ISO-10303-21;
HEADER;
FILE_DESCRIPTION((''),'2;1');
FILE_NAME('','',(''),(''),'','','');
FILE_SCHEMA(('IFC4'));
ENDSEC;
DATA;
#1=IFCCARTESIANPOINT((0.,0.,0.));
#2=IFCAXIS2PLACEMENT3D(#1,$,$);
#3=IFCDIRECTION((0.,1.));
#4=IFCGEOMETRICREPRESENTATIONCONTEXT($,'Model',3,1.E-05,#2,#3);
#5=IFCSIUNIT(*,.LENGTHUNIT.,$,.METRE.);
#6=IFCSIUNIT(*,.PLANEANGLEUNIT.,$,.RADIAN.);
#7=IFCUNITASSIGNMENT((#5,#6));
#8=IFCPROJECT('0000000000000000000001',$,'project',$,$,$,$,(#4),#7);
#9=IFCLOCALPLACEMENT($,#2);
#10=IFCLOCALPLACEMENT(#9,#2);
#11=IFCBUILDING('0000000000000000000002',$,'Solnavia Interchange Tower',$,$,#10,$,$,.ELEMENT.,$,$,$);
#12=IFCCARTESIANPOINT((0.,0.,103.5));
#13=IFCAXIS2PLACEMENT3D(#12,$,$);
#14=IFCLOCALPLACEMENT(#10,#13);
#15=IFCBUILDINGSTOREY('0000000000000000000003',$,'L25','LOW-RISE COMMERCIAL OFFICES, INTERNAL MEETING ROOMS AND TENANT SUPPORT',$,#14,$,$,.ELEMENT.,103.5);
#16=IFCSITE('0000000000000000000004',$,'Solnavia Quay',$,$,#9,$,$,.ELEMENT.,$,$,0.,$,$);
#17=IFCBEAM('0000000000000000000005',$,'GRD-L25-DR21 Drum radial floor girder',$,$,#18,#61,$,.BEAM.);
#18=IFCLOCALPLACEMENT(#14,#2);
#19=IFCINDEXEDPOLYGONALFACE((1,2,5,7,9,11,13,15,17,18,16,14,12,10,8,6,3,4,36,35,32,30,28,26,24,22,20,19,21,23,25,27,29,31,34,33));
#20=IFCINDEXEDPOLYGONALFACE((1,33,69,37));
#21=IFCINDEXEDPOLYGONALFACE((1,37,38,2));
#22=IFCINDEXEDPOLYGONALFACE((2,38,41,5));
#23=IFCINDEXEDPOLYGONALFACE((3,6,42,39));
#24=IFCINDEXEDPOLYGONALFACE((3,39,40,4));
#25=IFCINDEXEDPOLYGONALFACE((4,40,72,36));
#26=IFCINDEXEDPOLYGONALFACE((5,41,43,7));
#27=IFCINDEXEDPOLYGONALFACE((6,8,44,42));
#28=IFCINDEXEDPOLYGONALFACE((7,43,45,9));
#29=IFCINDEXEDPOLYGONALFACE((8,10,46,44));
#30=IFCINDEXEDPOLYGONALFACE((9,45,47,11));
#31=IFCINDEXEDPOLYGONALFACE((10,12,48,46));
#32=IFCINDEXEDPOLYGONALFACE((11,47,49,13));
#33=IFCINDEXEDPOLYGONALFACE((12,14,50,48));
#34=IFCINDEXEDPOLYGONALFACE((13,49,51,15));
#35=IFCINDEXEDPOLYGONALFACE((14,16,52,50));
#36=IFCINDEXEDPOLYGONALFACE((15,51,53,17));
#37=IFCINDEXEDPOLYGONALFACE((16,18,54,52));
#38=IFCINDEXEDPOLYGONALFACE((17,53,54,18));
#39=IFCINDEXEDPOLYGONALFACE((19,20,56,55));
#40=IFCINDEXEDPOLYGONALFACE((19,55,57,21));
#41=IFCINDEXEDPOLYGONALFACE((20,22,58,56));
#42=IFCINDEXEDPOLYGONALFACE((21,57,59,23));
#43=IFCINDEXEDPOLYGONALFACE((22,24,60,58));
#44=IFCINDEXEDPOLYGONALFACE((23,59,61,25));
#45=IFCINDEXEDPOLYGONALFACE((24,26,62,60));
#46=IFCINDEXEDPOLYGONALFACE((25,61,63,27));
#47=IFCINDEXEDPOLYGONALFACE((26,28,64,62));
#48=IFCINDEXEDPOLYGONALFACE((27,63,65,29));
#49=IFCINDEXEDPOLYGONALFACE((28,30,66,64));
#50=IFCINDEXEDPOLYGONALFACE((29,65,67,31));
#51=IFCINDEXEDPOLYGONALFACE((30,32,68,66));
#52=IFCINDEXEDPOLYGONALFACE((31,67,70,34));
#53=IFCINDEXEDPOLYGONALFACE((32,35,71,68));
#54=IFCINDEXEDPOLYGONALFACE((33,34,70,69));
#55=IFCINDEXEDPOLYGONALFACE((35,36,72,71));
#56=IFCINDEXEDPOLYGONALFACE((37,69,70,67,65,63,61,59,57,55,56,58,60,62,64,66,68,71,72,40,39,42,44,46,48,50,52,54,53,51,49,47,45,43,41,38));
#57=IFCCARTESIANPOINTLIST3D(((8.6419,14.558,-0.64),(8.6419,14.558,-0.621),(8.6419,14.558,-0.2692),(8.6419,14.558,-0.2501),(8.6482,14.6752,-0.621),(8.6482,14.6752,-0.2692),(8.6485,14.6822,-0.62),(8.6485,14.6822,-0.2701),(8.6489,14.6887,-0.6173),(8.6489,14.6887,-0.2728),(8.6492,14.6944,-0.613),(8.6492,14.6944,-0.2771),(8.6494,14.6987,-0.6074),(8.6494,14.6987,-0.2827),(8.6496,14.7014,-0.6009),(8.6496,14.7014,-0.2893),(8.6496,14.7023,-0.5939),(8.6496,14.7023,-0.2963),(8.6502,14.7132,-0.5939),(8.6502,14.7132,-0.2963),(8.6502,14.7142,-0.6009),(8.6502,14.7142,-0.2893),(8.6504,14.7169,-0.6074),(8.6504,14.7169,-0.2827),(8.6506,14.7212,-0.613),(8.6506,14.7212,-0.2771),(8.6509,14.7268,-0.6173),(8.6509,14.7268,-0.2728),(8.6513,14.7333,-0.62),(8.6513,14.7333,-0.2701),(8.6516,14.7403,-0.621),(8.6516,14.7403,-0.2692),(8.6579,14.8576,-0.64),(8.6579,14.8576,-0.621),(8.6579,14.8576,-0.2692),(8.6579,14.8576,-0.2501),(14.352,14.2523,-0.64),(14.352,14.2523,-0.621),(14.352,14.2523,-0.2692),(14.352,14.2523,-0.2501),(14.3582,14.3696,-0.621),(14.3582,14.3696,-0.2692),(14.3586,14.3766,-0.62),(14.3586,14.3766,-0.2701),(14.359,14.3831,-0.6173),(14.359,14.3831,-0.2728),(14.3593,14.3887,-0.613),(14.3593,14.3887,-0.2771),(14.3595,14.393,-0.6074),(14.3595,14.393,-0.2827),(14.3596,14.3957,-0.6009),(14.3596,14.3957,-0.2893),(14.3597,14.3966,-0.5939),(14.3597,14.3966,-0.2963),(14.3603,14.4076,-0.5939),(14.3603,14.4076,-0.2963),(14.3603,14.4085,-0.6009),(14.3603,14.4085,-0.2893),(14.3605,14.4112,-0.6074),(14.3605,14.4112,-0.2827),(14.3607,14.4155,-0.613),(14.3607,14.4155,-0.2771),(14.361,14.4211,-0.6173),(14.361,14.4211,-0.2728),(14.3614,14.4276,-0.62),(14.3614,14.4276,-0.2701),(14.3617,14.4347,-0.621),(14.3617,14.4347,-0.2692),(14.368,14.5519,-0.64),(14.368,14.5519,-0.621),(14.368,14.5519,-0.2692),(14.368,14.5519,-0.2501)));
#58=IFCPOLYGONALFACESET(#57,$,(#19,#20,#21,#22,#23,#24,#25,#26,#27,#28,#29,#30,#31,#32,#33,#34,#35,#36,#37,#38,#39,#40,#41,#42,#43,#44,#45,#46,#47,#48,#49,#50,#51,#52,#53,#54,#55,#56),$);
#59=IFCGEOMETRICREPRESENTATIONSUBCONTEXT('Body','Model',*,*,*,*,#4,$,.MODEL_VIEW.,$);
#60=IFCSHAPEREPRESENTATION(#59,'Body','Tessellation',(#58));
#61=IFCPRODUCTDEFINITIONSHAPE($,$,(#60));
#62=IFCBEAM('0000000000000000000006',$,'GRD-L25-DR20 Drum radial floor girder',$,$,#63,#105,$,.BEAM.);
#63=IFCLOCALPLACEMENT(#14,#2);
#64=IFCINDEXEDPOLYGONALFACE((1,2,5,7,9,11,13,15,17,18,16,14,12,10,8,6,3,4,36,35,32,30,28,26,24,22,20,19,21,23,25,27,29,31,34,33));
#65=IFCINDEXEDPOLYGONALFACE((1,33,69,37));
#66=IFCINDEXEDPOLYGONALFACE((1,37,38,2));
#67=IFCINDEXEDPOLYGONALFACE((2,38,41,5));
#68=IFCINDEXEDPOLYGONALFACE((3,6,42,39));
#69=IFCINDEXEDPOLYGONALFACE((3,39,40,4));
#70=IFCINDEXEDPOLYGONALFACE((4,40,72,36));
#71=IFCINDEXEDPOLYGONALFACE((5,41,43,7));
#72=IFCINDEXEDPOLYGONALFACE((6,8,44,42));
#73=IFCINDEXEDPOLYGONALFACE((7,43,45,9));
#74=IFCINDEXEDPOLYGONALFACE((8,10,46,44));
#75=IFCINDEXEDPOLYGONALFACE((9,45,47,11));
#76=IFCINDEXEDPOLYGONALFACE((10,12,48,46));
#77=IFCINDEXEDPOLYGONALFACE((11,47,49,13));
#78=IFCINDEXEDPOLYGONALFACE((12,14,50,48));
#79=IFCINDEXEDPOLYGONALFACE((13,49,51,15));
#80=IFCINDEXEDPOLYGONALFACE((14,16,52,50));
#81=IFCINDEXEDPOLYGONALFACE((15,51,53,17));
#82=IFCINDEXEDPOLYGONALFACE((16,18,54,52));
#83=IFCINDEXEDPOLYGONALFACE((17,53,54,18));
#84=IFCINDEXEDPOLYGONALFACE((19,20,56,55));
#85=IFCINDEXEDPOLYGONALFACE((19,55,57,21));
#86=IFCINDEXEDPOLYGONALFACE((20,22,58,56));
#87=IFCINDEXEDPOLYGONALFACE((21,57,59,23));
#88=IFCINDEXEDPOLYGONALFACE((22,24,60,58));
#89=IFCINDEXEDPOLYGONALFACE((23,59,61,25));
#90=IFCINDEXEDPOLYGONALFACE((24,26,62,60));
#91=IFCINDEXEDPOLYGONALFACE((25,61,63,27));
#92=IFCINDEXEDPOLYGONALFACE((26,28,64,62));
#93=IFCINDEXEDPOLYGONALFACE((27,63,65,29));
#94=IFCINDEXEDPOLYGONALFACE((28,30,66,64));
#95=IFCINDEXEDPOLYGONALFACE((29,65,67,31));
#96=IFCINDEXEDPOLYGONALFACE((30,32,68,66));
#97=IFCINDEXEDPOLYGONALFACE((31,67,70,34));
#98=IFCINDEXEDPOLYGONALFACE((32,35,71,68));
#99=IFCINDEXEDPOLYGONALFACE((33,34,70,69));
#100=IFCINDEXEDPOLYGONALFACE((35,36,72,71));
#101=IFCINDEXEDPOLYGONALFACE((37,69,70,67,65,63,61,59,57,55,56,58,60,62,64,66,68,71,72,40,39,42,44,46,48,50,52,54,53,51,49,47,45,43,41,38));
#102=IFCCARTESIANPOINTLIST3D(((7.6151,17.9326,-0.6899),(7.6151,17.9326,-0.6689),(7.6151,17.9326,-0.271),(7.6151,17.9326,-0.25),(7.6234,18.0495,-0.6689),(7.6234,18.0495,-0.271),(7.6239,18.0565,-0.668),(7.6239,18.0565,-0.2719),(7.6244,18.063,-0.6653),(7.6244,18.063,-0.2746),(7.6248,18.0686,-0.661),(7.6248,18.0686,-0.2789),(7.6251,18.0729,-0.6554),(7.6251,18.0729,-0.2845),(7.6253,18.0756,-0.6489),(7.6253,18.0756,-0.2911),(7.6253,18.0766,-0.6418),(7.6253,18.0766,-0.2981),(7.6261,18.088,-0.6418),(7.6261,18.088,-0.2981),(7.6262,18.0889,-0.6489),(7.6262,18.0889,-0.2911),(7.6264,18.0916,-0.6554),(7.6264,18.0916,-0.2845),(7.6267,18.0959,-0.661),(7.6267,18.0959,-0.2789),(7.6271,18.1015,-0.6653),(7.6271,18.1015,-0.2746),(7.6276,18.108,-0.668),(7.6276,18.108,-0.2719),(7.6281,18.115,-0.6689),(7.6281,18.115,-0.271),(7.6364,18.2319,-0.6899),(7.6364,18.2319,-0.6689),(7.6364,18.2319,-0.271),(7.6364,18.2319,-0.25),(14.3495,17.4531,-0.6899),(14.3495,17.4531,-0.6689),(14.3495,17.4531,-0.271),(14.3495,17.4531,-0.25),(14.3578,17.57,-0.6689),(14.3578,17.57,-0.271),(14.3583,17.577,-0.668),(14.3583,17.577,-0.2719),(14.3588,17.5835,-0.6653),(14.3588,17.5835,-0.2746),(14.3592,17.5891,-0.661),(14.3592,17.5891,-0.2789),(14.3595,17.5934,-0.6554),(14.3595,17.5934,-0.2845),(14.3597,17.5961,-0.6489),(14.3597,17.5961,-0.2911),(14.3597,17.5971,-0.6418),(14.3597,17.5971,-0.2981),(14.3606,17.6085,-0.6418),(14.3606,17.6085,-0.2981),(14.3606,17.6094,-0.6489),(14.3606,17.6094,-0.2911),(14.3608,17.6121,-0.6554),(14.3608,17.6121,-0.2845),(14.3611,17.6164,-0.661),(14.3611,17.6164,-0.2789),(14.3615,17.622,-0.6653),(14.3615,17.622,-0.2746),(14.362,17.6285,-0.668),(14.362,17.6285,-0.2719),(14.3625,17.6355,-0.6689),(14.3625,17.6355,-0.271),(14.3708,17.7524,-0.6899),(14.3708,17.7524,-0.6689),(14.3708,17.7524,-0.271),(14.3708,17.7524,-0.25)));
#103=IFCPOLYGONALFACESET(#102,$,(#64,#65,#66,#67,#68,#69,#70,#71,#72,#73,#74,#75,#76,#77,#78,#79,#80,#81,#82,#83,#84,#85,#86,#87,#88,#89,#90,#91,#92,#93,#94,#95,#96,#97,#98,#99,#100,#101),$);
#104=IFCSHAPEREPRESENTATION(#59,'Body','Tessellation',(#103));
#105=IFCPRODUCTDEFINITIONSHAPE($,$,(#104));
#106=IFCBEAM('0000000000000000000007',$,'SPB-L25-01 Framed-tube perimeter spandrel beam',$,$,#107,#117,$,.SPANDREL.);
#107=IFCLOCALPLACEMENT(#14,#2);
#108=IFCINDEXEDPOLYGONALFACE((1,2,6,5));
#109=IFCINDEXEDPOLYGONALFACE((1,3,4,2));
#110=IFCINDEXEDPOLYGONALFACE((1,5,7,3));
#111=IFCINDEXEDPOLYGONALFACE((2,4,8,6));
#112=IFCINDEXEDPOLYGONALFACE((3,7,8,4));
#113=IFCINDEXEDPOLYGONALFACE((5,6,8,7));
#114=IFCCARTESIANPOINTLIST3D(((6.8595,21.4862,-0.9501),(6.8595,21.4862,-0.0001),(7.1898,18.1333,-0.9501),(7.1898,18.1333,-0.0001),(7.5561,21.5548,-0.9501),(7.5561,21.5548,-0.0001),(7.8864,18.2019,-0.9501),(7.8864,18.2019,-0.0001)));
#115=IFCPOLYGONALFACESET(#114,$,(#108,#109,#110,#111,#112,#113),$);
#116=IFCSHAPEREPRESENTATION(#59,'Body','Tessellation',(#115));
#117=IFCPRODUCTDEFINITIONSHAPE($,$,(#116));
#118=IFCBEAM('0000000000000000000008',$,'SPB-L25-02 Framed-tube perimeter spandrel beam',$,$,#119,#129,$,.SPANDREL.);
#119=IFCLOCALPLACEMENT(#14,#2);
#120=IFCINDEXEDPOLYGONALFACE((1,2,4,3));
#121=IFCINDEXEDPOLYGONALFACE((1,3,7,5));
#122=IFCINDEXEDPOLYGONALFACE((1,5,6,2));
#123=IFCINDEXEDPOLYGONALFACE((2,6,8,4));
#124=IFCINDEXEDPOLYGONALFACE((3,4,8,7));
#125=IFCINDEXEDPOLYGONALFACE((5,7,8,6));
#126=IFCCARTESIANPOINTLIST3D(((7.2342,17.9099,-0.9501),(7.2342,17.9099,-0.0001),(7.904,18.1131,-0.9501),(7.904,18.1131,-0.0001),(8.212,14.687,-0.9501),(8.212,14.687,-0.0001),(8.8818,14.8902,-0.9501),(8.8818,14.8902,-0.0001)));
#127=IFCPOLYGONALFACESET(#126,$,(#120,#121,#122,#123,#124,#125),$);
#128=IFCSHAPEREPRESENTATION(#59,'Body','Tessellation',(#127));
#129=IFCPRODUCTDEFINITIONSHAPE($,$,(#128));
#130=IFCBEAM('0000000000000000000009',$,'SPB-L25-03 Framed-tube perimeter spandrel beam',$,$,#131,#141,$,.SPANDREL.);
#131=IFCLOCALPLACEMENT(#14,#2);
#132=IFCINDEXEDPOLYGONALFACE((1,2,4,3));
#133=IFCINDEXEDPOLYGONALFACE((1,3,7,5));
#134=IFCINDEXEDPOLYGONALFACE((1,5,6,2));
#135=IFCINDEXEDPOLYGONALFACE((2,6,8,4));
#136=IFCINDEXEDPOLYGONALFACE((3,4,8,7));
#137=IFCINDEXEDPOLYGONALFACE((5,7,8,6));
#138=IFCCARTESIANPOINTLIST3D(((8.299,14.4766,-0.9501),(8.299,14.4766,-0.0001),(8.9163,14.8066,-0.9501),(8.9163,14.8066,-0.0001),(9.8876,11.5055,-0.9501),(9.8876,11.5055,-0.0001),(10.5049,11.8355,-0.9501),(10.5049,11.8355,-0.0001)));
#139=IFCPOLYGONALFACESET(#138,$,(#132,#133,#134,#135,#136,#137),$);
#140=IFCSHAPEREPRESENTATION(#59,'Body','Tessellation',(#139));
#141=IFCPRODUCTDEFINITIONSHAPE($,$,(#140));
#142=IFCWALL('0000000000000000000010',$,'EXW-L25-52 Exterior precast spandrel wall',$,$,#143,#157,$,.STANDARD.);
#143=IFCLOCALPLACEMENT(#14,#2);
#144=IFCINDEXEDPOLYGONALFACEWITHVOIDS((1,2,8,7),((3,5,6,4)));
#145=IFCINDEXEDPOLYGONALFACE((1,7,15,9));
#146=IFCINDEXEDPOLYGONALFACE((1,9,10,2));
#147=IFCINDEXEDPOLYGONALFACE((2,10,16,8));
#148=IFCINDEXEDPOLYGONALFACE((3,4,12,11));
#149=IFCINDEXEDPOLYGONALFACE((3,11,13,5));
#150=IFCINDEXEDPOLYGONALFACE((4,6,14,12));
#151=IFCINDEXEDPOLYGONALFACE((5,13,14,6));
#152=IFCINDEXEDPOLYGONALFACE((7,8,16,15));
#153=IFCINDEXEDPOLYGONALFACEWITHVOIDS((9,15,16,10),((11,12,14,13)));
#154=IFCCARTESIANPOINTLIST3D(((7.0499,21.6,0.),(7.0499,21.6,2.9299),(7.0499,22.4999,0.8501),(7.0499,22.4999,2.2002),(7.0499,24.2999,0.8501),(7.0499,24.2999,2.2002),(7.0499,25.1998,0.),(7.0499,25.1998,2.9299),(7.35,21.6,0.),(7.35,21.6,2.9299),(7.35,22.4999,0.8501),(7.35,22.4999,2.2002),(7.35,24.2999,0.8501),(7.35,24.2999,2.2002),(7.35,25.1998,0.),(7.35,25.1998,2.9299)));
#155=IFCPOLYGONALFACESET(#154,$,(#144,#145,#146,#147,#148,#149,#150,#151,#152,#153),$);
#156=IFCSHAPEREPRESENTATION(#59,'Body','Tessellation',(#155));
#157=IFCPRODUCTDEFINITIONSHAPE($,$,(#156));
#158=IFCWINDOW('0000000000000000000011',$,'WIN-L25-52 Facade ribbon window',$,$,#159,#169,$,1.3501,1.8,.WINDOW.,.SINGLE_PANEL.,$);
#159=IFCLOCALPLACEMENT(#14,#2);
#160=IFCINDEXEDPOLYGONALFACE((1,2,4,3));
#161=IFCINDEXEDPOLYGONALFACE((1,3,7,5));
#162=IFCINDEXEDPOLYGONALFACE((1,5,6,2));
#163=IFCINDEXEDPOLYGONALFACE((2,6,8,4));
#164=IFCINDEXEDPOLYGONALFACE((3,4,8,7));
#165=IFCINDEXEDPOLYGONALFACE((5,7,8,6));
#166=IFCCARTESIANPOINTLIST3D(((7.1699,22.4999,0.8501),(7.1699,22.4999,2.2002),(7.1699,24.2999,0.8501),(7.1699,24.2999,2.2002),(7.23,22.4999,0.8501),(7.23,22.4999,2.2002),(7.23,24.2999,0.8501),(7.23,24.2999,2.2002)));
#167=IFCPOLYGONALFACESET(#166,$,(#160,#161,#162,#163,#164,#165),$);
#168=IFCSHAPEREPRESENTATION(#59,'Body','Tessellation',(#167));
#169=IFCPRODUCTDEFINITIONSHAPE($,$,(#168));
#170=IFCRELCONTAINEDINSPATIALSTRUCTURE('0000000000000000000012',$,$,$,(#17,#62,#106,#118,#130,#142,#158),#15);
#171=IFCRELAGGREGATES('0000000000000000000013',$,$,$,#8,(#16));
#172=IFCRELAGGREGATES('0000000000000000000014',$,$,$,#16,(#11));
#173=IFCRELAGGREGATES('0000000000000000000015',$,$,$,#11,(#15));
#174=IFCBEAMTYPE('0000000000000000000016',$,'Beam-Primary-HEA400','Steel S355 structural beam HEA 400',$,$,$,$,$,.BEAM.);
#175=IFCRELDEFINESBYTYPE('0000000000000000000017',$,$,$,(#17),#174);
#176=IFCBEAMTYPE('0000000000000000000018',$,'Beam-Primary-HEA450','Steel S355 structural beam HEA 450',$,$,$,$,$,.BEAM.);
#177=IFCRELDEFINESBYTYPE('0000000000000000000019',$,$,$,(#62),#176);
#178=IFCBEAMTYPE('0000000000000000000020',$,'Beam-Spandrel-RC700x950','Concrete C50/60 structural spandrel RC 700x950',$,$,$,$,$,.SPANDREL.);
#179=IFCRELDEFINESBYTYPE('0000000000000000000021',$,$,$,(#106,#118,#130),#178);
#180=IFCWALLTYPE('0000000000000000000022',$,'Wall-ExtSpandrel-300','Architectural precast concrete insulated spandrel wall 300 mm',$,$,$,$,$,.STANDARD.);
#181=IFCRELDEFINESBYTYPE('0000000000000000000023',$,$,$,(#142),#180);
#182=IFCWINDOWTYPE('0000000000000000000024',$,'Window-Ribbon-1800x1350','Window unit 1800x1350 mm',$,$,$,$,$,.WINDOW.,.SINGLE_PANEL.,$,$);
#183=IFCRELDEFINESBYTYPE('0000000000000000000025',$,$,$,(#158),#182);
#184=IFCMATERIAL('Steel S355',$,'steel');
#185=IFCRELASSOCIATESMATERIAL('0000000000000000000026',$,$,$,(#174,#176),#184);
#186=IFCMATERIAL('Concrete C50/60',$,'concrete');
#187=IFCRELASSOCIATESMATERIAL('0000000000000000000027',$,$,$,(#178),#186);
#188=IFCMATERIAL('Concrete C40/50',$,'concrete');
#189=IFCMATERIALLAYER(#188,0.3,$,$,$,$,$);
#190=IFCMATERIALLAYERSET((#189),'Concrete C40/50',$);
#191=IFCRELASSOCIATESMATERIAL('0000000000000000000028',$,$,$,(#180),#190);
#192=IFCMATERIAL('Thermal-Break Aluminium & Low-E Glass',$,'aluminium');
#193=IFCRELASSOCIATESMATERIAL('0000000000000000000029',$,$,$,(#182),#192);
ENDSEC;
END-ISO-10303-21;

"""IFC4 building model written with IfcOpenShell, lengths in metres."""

from ifc_helpers import new_model, si_unit, direction, frame, frame_2d, origin, origin_2d, place, context, subcontext, project, spatial, rectangle, i_section, extrude, material, layer, layer_set, material_profile, profile_set, type_object, element, fill, save


model = new_model("IFC4")

# Units and contexts
model_context = context("Model", 3, precision=1e-05, world=origin(), true_north=direction((0.0, 1.0)))
body_context = subcontext(model_context, "Body", "Model", "MODEL_VIEW")
ifc_project = project(units=[si_unit("LENGTHUNIT", "METRE"), si_unit("PLANEANGLEUNIT", "RADIAN")], contexts=[model_context])

# Site, building, storey
site_placement = place(None, origin())
site = spatial("IfcSite", under=ifc_project, at=site_placement, Name="Solnavia Quay", CompositionType="ELEMENT", RefElevation=0.0)
building_placement = place(site_placement, origin())
building = spatial("IfcBuilding", under=site, at=building_placement, Name="Solnavia Interchange Tower", CompositionType="ELEMENT")
storey_placement = place(building_placement, frame((0.0, 0.0, 103.5)))
storey = spatial("IfcBuildingStorey", under=building, at=storey_placement, Name="L25", Description="LOW-RISE COMMERCIAL OFFICES, INTERNAL MEETING ROOMS AND TENANT SUPPORT", CompositionType="ELEMENT", Elevation=103.5)

# Beams
ifc_material_1 = material(Name="Concrete C50/60", Category="concrete")
ifc_material_2 = material(Name="Steel S355", Category="steel")
ifc_material_profile_1 = material_profile(ifc_material_2, i_section(OverallWidth=0.3, OverallDepth=0.3899, WebThickness=0.011, FlangeThickness=0.019, FilletRadius=0.0271, at=origin_2d()), Name="HEA 400")
ifc_profile_set_1 = profile_set([ifc_material_profile_1], Name="Steel S355")
beam_type_1 = type_object("IfcBeamType", Name="Beam-Primary-HEA400", Description="Steel S355 structural beam HEA 400", PredefinedType="BEAM", material=ifc_profile_set_1)
beam_1_placement = place(storey_placement, frame((8.6499, 14.7078, -0.4451), z_axis=(0.99857, -0.053453, 0.0), x_axis=(0.053453, 0.99857, 0.0)))
element("IfcBeam", 1, at=beam_1_placement, inside=storey, type_object=beam_type_1, Name="GRD-L25-DR21 Drum radial floor girder", PredefinedType="BEAM", context=body_context, shape_type="SweptSolid", body=[
    extrude(i_section(OverallWidth=0.3, OverallDepth=0.3899, WebThickness=0.011, FlangeThickness=0.019, FilletRadius=0.0271, at=origin_2d()), origin(), (0.0, 0.0, 1.0), 5.7183),
])
ifc_material_profile_2 = material_profile(ifc_material_2, i_section(OverallWidth=0.3, OverallDepth=0.4399, WebThickness=0.0115, FlangeThickness=0.021, FilletRadius=0.0271, at=origin_2d()), Name="HEA 450")
ifc_profile_set_2 = profile_set([ifc_material_profile_2], Name="Steel S355")
beam_type_2 = type_object("IfcBeamType", Name="Beam-Primary-HEA450", Description="Steel S355 structural beam HEA 450", PredefinedType="BEAM", material=ifc_profile_set_2)
beam_2_placement = place(storey_placement, frame((7.6257, 18.0823, -0.47), z_axis=(0.997475, -0.071021, 0.0), x_axis=(0.071021, 0.997475, 0.0)))
element("IfcBeam", 2, at=beam_2_placement, inside=storey, type_object=beam_type_2, Name="GRD-L25-DR20 Drum radial floor girder", PredefinedType="BEAM", context=body_context, shape_type="SweptSolid", body=[
    extrude(i_section(OverallWidth=0.3, OverallDepth=0.4399, WebThickness=0.0115, FlangeThickness=0.021, FilletRadius=0.0271, at=origin_2d()), origin(), (0.0, 0.0, 1.0), 6.7515),
])
ifc_material_profile_3 = material_profile(ifc_material_1, rectangle(XDim=0.7, YDim=0.95, at=origin_2d()), Name="RC 700x950")
ifc_profile_set_3 = profile_set([ifc_material_profile_3], Name="Concrete C50/60")
beam_type_3 = type_object("IfcBeamType", Name="Beam-Spandrel-RC700x950", Description="Concrete C50/60 structural spandrel RC 700x950", PredefinedType="SPANDREL", material=ifc_profile_set_3)
beam_3_placement = place(storey_placement, frame((7.2078, 21.5205, -0.4751), z_axis=(0.09804, -0.995182, 0.0), x_axis=(0.995182, 0.09804, 0.0)))
element("IfcBeam", 3, at=beam_3_placement, inside=storey, type_object=beam_type_3, Name="SPB-L25-01 Framed-tube perimeter spandrel beam", PredefinedType="SPANDREL", context=body_context, shape_type="SweptSolid", body=[
    extrude(rectangle(XDim=0.7, YDim=0.95, at=origin_2d()), origin(), (0.0, 0.0, 1.0), 3.3691),
])
beam_4_placement = place(storey_placement, frame((7.5691, 18.0115, -0.4751), z_axis=(0.290319, -0.95693, 0.0), x_axis=(0.95693, 0.290319, 0.0)))
element("IfcBeam", 4, at=beam_4_placement, inside=storey, type_object=beam_type_3, Name="SPB-L25-02 Framed-tube perimeter spandrel beam", PredefinedType="SPANDREL", context=body_context, shape_type="SweptSolid", body=[
    extrude(rectangle(XDim=0.7, YDim=0.95, at=origin_2d()), origin(), (0.0, 0.0, 1.0), 3.3679),
])
beam_5_placement = place(storey_placement, frame((8.6077, 14.6416, -0.4751), z_axis=(0.471509, -0.881861, 0.0), x_axis=(0.881861, 0.471509, 0.0)))
element("IfcBeam", 5, at=beam_5_placement, inside=storey, type_object=beam_type_3, Name="SPB-L25-03 Framed-tube perimeter spandrel beam", PredefinedType="SPANDREL", context=body_context, shape_type="SweptSolid", body=[
    extrude(rectangle(XDim=0.7, YDim=0.95, at=origin_2d()), origin(), (0.0, 0.0, 1.0), 3.3691),
])

# Wall, opening, window
ifc_material_3 = material(Name="Concrete C40/50", Category="concrete")
ifc_layer_1 = layer(ifc_material_3, 0.3)
ifc_layer_set_1 = layer_set([ifc_layer_1], Name="Concrete C40/50")
wall_type_1 = type_object("IfcWallType", Name="Wall-ExtSpandrel-300", Description="Architectural precast concrete insulated spandrel wall 300 mm", PredefinedType="STANDARD", material=ifc_layer_set_1)
wall_1_placement = place(storey_placement, frame((7.2, 21.6001, 0.0), z_axis=(0.0, 0.0, 1.0), x_axis=(0.0, 1.0, 0.0)))
wall_1 = element("IfcWall", 6, at=wall_1_placement, inside=storey, type_object=wall_type_1, Name="EXW-L25-52 Exterior precast spandrel wall", PredefinedType="STANDARD", context=body_context, shape_type="SweptSolid", body=[
    extrude(rectangle(XDim=3.5999, YDim=0.3, at=frame_2d((1.7998, 0.0))), origin(), (0.0, 0.0, 1.0), 2.9299),
])
opening_1_placement = place(wall_1_placement, frame((0.8999, 0.0, 0.8501)))
opening_1 = element("IfcOpeningElement", 7, at=opening_1_placement, cuts=wall_1, PredefinedType="OPENING", context=body_context, shape_type="SweptSolid", body=[
    extrude(rectangle(XDim=1.8, YDim=1.3501, at=frame_2d((0.8999, 0.675))), frame((0.0, 0.1602, 0.0), z_axis=(0.0, -1.0, 0.0), x_axis=(1.0, 0.0, 0.0)), (0.0, 0.0, 1.0), 0.3201),
])
ifc_material_4 = material(Name="Thermal-Break Aluminium & Low-E Glass", Category="aluminium")
window_type_1 = type_object("IfcWindowType", Name="Window-Ribbon-1800x1350", Description="Window unit 1800x1350 mm", PartitioningType="SINGLE_PANEL", PredefinedType="WINDOW", material=ifc_material_4)
window_1_placement = place(opening_1_placement, origin())
window_1 = element("IfcWindow", 8, at=window_1_placement, inside=storey, type_object=window_type_1, Name="WIN-L25-52 Facade ribbon window", OverallHeight=1.3501, OverallWidth=1.8, PartitioningType="SINGLE_PANEL", PredefinedType="WINDOW", context=body_context, shape_type="SweptSolid", body=[
    extrude(rectangle(XDim=1.8, YDim=1.3501, at=frame_2d((0.8999, 0.675))), frame((0.0, 0.03, 0.0), z_axis=(0.0, -1.0, 0.0), x_axis=(1.0, 0.0, 0.0)), (0.0, 0.0, 1.0), 0.0601),
])
fill(opening_1, window_1)

save(model, "model.ifc")
